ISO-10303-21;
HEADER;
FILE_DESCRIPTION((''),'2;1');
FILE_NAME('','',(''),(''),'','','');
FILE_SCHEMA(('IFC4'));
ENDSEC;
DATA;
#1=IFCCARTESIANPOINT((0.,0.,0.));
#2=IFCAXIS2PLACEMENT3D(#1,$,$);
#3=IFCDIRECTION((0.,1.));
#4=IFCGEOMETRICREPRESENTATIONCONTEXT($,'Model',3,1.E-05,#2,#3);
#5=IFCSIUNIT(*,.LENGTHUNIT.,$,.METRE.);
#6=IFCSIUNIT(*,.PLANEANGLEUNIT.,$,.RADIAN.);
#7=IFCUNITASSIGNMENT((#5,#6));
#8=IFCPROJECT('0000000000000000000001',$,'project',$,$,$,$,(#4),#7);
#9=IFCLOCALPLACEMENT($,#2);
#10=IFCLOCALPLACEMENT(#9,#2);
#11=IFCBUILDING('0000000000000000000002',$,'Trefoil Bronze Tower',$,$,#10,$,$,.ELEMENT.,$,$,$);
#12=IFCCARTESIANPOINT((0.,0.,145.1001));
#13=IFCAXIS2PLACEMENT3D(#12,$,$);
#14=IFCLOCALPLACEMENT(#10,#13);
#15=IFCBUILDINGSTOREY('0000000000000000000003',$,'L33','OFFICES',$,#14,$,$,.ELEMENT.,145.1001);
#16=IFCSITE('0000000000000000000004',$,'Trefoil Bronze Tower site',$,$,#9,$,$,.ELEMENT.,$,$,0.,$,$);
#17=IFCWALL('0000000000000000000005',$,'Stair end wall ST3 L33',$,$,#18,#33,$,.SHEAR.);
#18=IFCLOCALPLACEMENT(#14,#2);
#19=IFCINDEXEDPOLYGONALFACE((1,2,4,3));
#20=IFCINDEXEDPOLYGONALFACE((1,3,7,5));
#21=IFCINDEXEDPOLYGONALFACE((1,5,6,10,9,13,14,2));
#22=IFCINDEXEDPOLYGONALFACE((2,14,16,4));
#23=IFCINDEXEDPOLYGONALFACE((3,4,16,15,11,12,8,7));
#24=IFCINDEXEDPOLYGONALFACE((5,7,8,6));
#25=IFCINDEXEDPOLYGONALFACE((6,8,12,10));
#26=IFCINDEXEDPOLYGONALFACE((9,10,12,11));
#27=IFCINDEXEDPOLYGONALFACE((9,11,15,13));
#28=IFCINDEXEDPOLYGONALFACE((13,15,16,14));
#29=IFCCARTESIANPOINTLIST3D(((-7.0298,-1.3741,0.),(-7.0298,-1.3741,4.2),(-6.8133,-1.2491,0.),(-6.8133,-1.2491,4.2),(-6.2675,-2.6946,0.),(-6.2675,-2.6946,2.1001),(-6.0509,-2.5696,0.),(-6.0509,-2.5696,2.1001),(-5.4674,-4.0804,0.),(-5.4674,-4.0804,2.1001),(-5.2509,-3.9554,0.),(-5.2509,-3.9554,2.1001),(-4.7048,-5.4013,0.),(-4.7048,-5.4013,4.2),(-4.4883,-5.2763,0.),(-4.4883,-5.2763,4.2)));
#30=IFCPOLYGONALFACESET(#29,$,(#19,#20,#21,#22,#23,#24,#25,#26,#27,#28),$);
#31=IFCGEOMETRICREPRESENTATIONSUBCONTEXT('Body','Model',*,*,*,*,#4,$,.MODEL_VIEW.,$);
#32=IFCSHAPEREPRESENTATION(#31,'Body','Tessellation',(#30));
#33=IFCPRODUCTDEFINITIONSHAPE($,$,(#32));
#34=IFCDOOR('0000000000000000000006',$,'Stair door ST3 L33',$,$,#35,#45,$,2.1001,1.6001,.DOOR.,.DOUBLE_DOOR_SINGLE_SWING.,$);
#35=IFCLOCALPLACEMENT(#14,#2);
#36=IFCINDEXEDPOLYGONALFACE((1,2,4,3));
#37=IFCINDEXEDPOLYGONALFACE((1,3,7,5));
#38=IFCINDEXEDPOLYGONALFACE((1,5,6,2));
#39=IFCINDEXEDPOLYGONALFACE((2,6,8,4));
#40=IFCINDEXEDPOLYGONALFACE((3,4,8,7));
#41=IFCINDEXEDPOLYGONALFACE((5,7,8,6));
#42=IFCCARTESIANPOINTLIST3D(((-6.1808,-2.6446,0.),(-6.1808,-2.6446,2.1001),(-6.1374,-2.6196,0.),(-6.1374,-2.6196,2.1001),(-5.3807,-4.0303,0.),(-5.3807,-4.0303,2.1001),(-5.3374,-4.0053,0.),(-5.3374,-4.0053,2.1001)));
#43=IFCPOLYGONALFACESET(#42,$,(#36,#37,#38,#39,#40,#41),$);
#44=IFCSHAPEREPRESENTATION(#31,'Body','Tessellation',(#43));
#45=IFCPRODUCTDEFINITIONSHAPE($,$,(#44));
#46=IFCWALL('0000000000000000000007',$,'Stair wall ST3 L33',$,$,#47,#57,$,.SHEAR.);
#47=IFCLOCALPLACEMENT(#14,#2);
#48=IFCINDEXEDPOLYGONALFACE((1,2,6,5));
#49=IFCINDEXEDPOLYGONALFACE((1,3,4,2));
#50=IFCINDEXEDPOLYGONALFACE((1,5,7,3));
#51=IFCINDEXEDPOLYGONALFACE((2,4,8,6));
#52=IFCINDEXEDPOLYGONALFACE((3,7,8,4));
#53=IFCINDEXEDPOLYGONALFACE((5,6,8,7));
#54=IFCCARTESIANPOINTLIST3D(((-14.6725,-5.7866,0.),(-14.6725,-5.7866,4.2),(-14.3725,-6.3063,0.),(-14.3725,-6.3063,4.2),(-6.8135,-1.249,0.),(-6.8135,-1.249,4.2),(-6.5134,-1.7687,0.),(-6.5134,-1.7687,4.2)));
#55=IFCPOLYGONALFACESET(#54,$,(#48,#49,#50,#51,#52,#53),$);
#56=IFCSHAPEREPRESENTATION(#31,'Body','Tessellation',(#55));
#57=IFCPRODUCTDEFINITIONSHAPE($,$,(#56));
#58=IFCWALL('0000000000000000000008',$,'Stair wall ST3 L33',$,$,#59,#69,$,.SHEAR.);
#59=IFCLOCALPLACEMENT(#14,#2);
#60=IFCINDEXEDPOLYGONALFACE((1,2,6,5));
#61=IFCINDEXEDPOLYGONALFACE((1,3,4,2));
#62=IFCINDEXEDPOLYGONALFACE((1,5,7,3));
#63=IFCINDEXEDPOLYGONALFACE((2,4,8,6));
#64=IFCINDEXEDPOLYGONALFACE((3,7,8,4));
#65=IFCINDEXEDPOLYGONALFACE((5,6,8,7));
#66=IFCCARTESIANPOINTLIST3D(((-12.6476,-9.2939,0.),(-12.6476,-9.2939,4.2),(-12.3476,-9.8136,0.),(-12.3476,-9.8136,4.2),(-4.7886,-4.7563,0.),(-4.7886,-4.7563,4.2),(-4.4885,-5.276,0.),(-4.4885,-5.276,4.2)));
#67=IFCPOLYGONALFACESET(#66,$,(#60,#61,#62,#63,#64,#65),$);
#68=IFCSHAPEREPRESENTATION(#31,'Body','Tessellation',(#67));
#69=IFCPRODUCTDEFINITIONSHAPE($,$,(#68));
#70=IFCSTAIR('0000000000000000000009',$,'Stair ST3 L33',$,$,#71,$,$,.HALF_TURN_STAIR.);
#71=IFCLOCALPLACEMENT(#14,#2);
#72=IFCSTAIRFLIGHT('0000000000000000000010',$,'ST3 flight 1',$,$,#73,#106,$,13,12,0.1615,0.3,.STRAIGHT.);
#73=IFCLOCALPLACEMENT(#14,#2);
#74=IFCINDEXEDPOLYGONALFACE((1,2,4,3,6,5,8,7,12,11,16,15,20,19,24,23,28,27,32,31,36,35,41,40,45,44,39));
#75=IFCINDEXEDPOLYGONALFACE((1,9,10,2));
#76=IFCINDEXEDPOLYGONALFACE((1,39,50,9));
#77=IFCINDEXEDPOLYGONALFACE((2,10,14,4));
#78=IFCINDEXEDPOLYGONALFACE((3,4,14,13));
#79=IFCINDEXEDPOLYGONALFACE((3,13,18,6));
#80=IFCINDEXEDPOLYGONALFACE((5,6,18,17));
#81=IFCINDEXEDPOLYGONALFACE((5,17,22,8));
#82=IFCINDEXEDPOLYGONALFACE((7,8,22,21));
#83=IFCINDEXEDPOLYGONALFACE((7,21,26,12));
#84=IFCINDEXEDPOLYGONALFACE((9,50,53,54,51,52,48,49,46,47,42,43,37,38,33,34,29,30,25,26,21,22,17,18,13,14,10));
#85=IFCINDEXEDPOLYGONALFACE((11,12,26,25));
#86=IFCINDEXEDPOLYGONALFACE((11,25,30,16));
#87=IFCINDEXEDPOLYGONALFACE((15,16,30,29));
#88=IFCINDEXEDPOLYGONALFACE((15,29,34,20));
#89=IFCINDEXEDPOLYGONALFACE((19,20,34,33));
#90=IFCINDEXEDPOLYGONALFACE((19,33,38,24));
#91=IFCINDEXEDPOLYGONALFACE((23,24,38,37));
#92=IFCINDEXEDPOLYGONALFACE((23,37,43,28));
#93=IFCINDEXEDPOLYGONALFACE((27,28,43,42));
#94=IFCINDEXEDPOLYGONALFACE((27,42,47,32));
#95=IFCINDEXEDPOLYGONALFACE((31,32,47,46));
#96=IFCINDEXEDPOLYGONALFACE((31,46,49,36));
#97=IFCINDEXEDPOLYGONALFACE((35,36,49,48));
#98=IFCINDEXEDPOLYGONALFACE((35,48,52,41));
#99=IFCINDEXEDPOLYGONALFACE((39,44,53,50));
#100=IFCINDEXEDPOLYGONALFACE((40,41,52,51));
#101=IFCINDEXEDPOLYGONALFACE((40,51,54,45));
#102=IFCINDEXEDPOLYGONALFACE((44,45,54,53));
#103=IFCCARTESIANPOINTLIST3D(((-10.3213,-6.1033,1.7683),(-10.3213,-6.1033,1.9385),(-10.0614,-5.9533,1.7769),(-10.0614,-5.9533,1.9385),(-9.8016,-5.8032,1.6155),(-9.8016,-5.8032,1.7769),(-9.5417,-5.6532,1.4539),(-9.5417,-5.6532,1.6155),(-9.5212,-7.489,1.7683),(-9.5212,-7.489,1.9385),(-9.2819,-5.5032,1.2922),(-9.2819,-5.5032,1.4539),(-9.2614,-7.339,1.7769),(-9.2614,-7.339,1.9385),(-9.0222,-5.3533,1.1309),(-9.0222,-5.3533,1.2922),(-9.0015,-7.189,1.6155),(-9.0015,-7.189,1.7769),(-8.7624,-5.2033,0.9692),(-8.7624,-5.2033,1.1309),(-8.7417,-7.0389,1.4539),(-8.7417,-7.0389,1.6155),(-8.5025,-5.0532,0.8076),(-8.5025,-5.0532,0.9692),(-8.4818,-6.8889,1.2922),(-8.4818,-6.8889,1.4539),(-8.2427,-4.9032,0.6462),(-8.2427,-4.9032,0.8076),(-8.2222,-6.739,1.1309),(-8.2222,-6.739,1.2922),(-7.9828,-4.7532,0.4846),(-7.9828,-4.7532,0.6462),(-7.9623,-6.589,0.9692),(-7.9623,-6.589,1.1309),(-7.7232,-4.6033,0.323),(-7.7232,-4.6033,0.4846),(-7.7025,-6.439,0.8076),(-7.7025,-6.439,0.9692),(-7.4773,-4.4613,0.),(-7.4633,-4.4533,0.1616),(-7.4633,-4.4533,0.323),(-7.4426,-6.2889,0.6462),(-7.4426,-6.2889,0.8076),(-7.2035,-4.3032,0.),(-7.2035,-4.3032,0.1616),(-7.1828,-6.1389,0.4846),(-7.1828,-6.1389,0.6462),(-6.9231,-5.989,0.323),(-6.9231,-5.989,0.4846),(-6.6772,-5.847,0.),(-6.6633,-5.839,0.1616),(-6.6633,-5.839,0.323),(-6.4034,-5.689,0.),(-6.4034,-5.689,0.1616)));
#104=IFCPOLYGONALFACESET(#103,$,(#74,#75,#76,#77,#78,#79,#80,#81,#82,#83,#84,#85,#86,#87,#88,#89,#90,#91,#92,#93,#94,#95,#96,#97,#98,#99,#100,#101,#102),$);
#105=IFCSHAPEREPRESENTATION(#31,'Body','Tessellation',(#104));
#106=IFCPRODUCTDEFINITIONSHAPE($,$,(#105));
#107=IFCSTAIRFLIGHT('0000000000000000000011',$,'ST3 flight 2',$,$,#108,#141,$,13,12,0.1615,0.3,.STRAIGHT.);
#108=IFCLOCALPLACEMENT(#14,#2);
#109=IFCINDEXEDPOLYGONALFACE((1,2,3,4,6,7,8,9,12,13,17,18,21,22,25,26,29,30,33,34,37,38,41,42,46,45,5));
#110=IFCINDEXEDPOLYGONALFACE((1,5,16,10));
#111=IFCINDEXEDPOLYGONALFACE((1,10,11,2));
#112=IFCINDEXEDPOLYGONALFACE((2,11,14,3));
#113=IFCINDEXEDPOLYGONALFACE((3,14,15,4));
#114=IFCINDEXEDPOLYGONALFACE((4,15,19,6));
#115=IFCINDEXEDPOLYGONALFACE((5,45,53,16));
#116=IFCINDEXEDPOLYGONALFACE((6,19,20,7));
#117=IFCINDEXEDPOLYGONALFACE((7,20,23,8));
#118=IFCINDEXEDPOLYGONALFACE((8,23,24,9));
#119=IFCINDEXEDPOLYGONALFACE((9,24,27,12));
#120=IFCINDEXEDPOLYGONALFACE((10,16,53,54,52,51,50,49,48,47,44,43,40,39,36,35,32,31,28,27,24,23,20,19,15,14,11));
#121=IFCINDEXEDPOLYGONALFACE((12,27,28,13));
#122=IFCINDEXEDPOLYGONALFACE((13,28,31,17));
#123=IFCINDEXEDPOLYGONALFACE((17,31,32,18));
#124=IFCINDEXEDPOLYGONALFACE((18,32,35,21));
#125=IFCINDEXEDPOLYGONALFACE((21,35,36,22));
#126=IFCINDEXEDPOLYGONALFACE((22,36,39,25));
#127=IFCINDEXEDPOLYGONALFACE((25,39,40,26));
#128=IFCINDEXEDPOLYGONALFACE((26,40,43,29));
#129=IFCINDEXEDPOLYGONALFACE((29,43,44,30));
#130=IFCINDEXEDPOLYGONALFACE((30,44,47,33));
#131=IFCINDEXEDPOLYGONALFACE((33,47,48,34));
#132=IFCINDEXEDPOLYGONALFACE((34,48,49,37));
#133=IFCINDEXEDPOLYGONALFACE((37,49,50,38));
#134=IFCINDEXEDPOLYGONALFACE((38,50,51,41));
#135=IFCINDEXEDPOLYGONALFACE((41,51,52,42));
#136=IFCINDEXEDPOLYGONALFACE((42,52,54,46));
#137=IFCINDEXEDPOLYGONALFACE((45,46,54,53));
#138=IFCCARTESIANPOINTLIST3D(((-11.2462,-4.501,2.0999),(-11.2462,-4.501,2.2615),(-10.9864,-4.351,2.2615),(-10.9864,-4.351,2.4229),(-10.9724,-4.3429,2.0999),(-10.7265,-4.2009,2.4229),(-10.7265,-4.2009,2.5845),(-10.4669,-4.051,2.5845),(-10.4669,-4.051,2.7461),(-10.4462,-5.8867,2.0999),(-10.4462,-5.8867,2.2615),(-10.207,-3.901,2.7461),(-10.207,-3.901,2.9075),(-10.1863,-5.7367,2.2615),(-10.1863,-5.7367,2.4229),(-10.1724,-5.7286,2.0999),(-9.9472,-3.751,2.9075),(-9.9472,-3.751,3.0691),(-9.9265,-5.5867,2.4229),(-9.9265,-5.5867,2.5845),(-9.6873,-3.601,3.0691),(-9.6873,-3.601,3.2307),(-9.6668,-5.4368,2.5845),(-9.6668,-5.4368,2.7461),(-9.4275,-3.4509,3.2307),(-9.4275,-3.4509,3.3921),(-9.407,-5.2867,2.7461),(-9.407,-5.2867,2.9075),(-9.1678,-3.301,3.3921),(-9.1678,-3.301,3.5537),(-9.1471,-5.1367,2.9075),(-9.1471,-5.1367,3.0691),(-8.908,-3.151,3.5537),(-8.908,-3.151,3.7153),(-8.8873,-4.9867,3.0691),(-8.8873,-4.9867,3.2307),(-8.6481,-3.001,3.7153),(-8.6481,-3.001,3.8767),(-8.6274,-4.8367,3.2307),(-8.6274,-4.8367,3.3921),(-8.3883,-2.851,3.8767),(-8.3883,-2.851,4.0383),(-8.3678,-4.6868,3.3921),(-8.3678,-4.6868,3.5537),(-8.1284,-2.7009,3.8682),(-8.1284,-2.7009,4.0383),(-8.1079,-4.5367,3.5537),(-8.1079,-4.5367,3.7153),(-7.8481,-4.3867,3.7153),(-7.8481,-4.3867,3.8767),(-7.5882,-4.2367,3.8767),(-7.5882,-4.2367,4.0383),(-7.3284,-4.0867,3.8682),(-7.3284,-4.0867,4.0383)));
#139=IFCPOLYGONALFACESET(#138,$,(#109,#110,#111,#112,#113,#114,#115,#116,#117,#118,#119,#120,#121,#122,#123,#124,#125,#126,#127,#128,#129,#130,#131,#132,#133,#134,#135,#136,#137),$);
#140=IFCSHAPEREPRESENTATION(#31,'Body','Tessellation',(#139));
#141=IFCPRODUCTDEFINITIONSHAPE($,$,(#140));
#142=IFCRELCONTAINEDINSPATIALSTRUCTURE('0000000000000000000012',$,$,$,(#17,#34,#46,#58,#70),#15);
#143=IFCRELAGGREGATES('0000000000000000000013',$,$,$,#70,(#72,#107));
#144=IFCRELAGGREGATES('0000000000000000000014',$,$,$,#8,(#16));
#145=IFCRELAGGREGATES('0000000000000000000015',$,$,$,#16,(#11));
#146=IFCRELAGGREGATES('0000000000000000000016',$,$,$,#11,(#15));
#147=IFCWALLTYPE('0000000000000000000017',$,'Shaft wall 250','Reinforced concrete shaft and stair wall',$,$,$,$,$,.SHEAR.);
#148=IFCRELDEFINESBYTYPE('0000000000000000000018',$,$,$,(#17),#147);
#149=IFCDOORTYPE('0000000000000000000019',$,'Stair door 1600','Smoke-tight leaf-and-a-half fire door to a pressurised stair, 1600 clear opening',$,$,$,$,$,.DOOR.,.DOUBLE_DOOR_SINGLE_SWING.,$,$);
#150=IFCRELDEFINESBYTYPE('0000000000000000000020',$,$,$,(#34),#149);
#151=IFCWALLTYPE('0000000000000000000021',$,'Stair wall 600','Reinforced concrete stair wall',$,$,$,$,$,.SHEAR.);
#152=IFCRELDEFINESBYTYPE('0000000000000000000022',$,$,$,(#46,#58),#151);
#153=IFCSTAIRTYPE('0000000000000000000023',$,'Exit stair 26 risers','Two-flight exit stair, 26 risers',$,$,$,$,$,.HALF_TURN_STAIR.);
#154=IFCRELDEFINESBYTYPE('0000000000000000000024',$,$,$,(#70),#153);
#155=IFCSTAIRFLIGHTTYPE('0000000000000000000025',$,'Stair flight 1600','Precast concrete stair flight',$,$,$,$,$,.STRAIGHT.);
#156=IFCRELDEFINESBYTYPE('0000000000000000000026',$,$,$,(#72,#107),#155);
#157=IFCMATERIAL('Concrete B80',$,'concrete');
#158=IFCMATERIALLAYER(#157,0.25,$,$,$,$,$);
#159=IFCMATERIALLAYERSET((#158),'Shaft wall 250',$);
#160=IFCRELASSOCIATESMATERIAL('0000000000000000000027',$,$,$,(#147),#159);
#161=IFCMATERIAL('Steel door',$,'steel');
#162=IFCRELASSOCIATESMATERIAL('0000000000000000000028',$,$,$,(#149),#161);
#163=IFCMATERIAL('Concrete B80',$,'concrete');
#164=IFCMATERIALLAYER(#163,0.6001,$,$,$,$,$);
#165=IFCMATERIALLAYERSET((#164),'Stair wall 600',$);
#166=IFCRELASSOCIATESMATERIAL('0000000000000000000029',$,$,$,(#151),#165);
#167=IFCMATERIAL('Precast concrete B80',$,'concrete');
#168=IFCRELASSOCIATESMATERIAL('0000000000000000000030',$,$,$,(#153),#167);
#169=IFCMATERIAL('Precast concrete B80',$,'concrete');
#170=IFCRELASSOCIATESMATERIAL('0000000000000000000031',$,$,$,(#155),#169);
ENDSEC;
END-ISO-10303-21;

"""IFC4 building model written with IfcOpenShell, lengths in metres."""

from ifc_helpers import new_model, si_unit, direction, frame, frame_2d, origin, place, context, subcontext, project, spatial, polyline, rectangle, outline, extrude, material, layer, layer_set, type_object, element, fill, aggregate, save


model = new_model("IFC4")

# Units and contexts
model_context = context("Model", 3, precision=1e-05, world=origin(), true_north=direction((0.0, 1.0)))
body_context = subcontext(model_context, "Body", "Model", "MODEL_VIEW")
ifc_project = project(units=[si_unit("LENGTHUNIT", "METRE"), si_unit("PLANEANGLEUNIT", "RADIAN")], contexts=[model_context])

# Site, building, storey
site_placement = place(None, origin())
site = spatial("IfcSite", under=ifc_project, at=site_placement, Name="Trefoil Bronze Tower site", CompositionType="ELEMENT", RefElevation=0.0)
building_placement = place(site_placement, origin())
building = spatial("IfcBuilding", under=site, at=building_placement, Name="Trefoil Bronze Tower", CompositionType="ELEMENT")
storey_placement = place(building_placement, frame((0.0, 0.0, 145.1001)))
storey = spatial("IfcBuildingStorey", under=building, at=storey_placement, Name="L33", Description="OFFICES", CompositionType="ELEMENT", Elevation=145.1001)

# Wall, opening, door
ifc_material_1 = material(Name="Concrete B80", Category="concrete")
ifc_layer_1 = layer(ifc_material_1, 0.25)
ifc_layer_set_1 = layer_set([ifc_layer_1], Name="Shaft wall 250")
wall_type_1 = type_object("IfcWallType", Name="Shaft wall 250", Description="Reinforced concrete shaft and stair wall", PredefinedType="SHEAR", material=ifc_layer_set_1)
wall_1_placement = place(storey_placement, frame((-6.9216, -1.3115, 0.0), z_axis=(0.0, 0.0, 1.0), x_axis=(0.499985, -0.866034, 0.0)))
wall_1 = element("IfcWall", 1, at=wall_1_placement, inside=storey, type_object=wall_type_1, Name="Stair end wall ST3 L33", PredefinedType="SHEAR", context=body_context, shape_type="SweptSolid", body=[
    extrude(rectangle(XDim=4.6501, YDim=0.25, at=frame_2d((2.3252, 0.0))), origin(), (0.0, 0.0, 1.0), 4.2),
])
opening_1_placement = place(wall_1_placement, frame((1.5249, 0.0, 0.0)))
opening_1 = element("IfcOpeningElement", 2, at=opening_1_placement, cuts=wall_1, PredefinedType="OPENING", context=body_context, shape_type="SweptSolid", body=[
    extrude(rectangle(XDim=1.6001, YDim=2.1001, at=frame_2d((0.8, 1.05))), frame((0.0, 0.135, 0.0), z_axis=(0.0, -1.0, 0.0), x_axis=(1.0, 0.0, 0.0)), (0.0, 0.0, 1.0), 0.27),
])
ifc_material_2 = material(Name="Steel door", Category="steel")
door_type_1 = type_object("IfcDoorType", Name="Stair door 1600", Description="Smoke-tight leaf-and-a-half fire door to a pressurised stair, 1600 clear opening", OperationType="DOUBLE_DOOR_SINGLE_SWING", PredefinedType="DOOR", material=ifc_material_2)
door_1_placement = place(opening_1_placement, frame((1.6001, 0.0, 0.0), z_axis=(0.0, 0.0, 1.0), x_axis=(-1.0, 0.0, 0.0)))
door_1 = element("IfcDoor", 3, at=door_1_placement, inside=storey, type_object=door_type_1, Name="Stair door ST3 L33", OperationType="DOUBLE_DOOR_SINGLE_SWING", OverallHeight=2.1001, OverallWidth=1.6001, PredefinedType="DOOR", context=body_context, shape_type="SweptSolid", body=[
    extrude(rectangle(XDim=1.6001, YDim=2.1001, at=frame_2d((0.8, 1.05))), frame((0.0, 0.0249, 0.0), z_axis=(0.0, -1.0, 0.0), x_axis=(1.0, 0.0, 0.0)), (0.0, 0.0, 1.0), 0.05),
])
fill(opening_1, door_1)

# Walls
ifc_material_3 = material(Name="Concrete B80", Category="concrete")
ifc_layer_2 = layer(ifc_material_3, 0.6001)
ifc_layer_set_2 = layer_set([ifc_layer_2], Name="Stair wall 600")
wall_type_2 = type_object("IfcWallType", Name="Stair wall 600", Description="Reinforced concrete stair wall", PredefinedType="SHEAR", material=ifc_layer_set_2)
for number, where, z_axis, x_axis, name in (
    (4, (-6.6633, -1.5088, 0.0), (0.0, 0.0, 1.0), (-0.866019, -0.50001, 0.0), "Stair wall ST3 L33"),
    (5, (-4.6384, -5.0161, 0.0), (0.0, 0.0, 1.0), (-0.866019, -0.50001, 0.0), "Stair wall ST3 L33"),
):
    element("IfcWall", number, at=place(storey_placement, frame(where, z_axis=z_axis, x_axis=x_axis)), inside=storey, type_object=wall_type_2, Name=name, PredefinedType="SHEAR", context=body_context, shape_type="SweptSolid", body=[
        extrude(rectangle(XDim=9.075, YDim=0.6001, at=frame_2d((4.5376, 0.0))), origin(), (0.0, 0.0, 1.0), 4.2),
    ])

# Stair, stair flights
ifc_material_4 = material(Name="Precast concrete B80", Category="concrete")
stair_type = type_object("IfcStairType", Name="Exit stair 26 risers", Description="Two-flight exit stair, 26 risers", PredefinedType="HALF_TURN_STAIR", material=ifc_material_4)
stair_placement = place(storey_placement, origin())
stair = element("IfcStair", 6, at=stair_placement, inside=storey, type_object=stair_type, Name="Stair ST3 L33", PredefinedType="HALF_TURN_STAIR")
ifc_material_5 = material(Name="Precast concrete B80", Category="concrete")
stair_flight_type = type_object("IfcStairFlightType", Name="Stair flight 1600", Description="Precast concrete stair flight", PredefinedType="STRAIGHT", material=ifc_material_5)
stair_flight_1_placement = place(storey_placement, frame((-6.8035, -4.9961, 0.0), z_axis=(0.0, 0.0, 1.0), x_axis=(-0.866025, -0.5, 0.0)))
stair_flight_1 = element("IfcStairFlight", 7, at=stair_flight_1_placement, type_object=stair_flight_type, Name="ST3 flight 1", NumberOfRisers=13, NumberOfTreads=12, PredefinedType="STRAIGHT", RiserHeight=0.1615, TreadLength=0.3, context=body_context, shape_type="SweptSolid", body=[
    extrude(outline(polyline([(0.0, 0.0), (0.0, 0.1616), (0.3, 0.1616), (0.3, 0.323), (0.6001, 0.323), (0.6001, 0.4846), (0.8999, 0.4846), (0.8999, 0.6462), (1.2, 0.6462), (1.2, 0.8076), (1.5, 0.8076), (1.5, 0.9692), (1.8, 0.9692), (1.8, 1.1309), (2.1001, 1.1309), (2.1001, 1.2922), (2.3999, 1.2922), (2.3999, 1.4539), (2.7, 1.4539), (2.7, 1.6155), (3.0, 1.6155), (3.0, 1.7769), (3.3, 1.7769), (3.3, 1.9385), (3.6001, 1.9385), (3.6001, 2.1001), (3.6001, 1.7683), (0.3162, 0.0), (0.0, 0.0)])), frame((0.0, 0.8, 0.0), z_axis=(0.0, -1.0, 0.0), x_axis=(1.0, 0.0, 0.0)), (0.0, 0.0, 1.0), 1.6001),
])
stair_flight_2_placement = place(storey_placement, frame((-10.8462, -5.1938, 2.0999), z_axis=(0.0, 0.0, 1.0), x_axis=(0.866025, 0.5, 0.0)))
stair_flight_2 = element("IfcStairFlight", 8, at=stair_flight_2_placement, type_object=stair_flight_type, Name="ST3 flight 2", NumberOfRisers=13, NumberOfTreads=12, PredefinedType="STRAIGHT", RiserHeight=0.1615, TreadLength=0.3, context=body_context, shape_type="SweptSolid", body=[
    extrude(outline(polyline([(0.0, 0.0), (0.0, 0.1616), (0.3, 0.1616), (0.3, 0.323), (0.6001, 0.323), (0.6001, 0.4846), (0.8999, 0.4846), (0.8999, 0.6462), (1.2, 0.6462), (1.2, 0.8076), (1.5, 0.8076), (1.5, 0.9692), (1.8, 0.9692), (1.8, 1.1309), (2.1001, 1.1309), (2.1001, 1.2922), (2.3999, 1.2922), (2.3999, 1.4539), (2.7, 1.4539), (2.7, 1.6155), (3.0, 1.6155), (3.0, 1.7769), (3.3, 1.7769), (3.3, 1.9385), (3.6001, 1.9385), (3.6001, 2.1001), (3.6001, 1.7683), (0.3162, 0.0), (0.0, 0.0)])), frame((0.0, 0.8, 0.0), z_axis=(0.0, -1.0, 0.0), x_axis=(1.0, 0.0, 0.0)), (0.0, 0.0, 1.0), 1.6001),
])
aggregate(stair, [stair_flight_1, stair_flight_2])

save(model, "model.ifc")
